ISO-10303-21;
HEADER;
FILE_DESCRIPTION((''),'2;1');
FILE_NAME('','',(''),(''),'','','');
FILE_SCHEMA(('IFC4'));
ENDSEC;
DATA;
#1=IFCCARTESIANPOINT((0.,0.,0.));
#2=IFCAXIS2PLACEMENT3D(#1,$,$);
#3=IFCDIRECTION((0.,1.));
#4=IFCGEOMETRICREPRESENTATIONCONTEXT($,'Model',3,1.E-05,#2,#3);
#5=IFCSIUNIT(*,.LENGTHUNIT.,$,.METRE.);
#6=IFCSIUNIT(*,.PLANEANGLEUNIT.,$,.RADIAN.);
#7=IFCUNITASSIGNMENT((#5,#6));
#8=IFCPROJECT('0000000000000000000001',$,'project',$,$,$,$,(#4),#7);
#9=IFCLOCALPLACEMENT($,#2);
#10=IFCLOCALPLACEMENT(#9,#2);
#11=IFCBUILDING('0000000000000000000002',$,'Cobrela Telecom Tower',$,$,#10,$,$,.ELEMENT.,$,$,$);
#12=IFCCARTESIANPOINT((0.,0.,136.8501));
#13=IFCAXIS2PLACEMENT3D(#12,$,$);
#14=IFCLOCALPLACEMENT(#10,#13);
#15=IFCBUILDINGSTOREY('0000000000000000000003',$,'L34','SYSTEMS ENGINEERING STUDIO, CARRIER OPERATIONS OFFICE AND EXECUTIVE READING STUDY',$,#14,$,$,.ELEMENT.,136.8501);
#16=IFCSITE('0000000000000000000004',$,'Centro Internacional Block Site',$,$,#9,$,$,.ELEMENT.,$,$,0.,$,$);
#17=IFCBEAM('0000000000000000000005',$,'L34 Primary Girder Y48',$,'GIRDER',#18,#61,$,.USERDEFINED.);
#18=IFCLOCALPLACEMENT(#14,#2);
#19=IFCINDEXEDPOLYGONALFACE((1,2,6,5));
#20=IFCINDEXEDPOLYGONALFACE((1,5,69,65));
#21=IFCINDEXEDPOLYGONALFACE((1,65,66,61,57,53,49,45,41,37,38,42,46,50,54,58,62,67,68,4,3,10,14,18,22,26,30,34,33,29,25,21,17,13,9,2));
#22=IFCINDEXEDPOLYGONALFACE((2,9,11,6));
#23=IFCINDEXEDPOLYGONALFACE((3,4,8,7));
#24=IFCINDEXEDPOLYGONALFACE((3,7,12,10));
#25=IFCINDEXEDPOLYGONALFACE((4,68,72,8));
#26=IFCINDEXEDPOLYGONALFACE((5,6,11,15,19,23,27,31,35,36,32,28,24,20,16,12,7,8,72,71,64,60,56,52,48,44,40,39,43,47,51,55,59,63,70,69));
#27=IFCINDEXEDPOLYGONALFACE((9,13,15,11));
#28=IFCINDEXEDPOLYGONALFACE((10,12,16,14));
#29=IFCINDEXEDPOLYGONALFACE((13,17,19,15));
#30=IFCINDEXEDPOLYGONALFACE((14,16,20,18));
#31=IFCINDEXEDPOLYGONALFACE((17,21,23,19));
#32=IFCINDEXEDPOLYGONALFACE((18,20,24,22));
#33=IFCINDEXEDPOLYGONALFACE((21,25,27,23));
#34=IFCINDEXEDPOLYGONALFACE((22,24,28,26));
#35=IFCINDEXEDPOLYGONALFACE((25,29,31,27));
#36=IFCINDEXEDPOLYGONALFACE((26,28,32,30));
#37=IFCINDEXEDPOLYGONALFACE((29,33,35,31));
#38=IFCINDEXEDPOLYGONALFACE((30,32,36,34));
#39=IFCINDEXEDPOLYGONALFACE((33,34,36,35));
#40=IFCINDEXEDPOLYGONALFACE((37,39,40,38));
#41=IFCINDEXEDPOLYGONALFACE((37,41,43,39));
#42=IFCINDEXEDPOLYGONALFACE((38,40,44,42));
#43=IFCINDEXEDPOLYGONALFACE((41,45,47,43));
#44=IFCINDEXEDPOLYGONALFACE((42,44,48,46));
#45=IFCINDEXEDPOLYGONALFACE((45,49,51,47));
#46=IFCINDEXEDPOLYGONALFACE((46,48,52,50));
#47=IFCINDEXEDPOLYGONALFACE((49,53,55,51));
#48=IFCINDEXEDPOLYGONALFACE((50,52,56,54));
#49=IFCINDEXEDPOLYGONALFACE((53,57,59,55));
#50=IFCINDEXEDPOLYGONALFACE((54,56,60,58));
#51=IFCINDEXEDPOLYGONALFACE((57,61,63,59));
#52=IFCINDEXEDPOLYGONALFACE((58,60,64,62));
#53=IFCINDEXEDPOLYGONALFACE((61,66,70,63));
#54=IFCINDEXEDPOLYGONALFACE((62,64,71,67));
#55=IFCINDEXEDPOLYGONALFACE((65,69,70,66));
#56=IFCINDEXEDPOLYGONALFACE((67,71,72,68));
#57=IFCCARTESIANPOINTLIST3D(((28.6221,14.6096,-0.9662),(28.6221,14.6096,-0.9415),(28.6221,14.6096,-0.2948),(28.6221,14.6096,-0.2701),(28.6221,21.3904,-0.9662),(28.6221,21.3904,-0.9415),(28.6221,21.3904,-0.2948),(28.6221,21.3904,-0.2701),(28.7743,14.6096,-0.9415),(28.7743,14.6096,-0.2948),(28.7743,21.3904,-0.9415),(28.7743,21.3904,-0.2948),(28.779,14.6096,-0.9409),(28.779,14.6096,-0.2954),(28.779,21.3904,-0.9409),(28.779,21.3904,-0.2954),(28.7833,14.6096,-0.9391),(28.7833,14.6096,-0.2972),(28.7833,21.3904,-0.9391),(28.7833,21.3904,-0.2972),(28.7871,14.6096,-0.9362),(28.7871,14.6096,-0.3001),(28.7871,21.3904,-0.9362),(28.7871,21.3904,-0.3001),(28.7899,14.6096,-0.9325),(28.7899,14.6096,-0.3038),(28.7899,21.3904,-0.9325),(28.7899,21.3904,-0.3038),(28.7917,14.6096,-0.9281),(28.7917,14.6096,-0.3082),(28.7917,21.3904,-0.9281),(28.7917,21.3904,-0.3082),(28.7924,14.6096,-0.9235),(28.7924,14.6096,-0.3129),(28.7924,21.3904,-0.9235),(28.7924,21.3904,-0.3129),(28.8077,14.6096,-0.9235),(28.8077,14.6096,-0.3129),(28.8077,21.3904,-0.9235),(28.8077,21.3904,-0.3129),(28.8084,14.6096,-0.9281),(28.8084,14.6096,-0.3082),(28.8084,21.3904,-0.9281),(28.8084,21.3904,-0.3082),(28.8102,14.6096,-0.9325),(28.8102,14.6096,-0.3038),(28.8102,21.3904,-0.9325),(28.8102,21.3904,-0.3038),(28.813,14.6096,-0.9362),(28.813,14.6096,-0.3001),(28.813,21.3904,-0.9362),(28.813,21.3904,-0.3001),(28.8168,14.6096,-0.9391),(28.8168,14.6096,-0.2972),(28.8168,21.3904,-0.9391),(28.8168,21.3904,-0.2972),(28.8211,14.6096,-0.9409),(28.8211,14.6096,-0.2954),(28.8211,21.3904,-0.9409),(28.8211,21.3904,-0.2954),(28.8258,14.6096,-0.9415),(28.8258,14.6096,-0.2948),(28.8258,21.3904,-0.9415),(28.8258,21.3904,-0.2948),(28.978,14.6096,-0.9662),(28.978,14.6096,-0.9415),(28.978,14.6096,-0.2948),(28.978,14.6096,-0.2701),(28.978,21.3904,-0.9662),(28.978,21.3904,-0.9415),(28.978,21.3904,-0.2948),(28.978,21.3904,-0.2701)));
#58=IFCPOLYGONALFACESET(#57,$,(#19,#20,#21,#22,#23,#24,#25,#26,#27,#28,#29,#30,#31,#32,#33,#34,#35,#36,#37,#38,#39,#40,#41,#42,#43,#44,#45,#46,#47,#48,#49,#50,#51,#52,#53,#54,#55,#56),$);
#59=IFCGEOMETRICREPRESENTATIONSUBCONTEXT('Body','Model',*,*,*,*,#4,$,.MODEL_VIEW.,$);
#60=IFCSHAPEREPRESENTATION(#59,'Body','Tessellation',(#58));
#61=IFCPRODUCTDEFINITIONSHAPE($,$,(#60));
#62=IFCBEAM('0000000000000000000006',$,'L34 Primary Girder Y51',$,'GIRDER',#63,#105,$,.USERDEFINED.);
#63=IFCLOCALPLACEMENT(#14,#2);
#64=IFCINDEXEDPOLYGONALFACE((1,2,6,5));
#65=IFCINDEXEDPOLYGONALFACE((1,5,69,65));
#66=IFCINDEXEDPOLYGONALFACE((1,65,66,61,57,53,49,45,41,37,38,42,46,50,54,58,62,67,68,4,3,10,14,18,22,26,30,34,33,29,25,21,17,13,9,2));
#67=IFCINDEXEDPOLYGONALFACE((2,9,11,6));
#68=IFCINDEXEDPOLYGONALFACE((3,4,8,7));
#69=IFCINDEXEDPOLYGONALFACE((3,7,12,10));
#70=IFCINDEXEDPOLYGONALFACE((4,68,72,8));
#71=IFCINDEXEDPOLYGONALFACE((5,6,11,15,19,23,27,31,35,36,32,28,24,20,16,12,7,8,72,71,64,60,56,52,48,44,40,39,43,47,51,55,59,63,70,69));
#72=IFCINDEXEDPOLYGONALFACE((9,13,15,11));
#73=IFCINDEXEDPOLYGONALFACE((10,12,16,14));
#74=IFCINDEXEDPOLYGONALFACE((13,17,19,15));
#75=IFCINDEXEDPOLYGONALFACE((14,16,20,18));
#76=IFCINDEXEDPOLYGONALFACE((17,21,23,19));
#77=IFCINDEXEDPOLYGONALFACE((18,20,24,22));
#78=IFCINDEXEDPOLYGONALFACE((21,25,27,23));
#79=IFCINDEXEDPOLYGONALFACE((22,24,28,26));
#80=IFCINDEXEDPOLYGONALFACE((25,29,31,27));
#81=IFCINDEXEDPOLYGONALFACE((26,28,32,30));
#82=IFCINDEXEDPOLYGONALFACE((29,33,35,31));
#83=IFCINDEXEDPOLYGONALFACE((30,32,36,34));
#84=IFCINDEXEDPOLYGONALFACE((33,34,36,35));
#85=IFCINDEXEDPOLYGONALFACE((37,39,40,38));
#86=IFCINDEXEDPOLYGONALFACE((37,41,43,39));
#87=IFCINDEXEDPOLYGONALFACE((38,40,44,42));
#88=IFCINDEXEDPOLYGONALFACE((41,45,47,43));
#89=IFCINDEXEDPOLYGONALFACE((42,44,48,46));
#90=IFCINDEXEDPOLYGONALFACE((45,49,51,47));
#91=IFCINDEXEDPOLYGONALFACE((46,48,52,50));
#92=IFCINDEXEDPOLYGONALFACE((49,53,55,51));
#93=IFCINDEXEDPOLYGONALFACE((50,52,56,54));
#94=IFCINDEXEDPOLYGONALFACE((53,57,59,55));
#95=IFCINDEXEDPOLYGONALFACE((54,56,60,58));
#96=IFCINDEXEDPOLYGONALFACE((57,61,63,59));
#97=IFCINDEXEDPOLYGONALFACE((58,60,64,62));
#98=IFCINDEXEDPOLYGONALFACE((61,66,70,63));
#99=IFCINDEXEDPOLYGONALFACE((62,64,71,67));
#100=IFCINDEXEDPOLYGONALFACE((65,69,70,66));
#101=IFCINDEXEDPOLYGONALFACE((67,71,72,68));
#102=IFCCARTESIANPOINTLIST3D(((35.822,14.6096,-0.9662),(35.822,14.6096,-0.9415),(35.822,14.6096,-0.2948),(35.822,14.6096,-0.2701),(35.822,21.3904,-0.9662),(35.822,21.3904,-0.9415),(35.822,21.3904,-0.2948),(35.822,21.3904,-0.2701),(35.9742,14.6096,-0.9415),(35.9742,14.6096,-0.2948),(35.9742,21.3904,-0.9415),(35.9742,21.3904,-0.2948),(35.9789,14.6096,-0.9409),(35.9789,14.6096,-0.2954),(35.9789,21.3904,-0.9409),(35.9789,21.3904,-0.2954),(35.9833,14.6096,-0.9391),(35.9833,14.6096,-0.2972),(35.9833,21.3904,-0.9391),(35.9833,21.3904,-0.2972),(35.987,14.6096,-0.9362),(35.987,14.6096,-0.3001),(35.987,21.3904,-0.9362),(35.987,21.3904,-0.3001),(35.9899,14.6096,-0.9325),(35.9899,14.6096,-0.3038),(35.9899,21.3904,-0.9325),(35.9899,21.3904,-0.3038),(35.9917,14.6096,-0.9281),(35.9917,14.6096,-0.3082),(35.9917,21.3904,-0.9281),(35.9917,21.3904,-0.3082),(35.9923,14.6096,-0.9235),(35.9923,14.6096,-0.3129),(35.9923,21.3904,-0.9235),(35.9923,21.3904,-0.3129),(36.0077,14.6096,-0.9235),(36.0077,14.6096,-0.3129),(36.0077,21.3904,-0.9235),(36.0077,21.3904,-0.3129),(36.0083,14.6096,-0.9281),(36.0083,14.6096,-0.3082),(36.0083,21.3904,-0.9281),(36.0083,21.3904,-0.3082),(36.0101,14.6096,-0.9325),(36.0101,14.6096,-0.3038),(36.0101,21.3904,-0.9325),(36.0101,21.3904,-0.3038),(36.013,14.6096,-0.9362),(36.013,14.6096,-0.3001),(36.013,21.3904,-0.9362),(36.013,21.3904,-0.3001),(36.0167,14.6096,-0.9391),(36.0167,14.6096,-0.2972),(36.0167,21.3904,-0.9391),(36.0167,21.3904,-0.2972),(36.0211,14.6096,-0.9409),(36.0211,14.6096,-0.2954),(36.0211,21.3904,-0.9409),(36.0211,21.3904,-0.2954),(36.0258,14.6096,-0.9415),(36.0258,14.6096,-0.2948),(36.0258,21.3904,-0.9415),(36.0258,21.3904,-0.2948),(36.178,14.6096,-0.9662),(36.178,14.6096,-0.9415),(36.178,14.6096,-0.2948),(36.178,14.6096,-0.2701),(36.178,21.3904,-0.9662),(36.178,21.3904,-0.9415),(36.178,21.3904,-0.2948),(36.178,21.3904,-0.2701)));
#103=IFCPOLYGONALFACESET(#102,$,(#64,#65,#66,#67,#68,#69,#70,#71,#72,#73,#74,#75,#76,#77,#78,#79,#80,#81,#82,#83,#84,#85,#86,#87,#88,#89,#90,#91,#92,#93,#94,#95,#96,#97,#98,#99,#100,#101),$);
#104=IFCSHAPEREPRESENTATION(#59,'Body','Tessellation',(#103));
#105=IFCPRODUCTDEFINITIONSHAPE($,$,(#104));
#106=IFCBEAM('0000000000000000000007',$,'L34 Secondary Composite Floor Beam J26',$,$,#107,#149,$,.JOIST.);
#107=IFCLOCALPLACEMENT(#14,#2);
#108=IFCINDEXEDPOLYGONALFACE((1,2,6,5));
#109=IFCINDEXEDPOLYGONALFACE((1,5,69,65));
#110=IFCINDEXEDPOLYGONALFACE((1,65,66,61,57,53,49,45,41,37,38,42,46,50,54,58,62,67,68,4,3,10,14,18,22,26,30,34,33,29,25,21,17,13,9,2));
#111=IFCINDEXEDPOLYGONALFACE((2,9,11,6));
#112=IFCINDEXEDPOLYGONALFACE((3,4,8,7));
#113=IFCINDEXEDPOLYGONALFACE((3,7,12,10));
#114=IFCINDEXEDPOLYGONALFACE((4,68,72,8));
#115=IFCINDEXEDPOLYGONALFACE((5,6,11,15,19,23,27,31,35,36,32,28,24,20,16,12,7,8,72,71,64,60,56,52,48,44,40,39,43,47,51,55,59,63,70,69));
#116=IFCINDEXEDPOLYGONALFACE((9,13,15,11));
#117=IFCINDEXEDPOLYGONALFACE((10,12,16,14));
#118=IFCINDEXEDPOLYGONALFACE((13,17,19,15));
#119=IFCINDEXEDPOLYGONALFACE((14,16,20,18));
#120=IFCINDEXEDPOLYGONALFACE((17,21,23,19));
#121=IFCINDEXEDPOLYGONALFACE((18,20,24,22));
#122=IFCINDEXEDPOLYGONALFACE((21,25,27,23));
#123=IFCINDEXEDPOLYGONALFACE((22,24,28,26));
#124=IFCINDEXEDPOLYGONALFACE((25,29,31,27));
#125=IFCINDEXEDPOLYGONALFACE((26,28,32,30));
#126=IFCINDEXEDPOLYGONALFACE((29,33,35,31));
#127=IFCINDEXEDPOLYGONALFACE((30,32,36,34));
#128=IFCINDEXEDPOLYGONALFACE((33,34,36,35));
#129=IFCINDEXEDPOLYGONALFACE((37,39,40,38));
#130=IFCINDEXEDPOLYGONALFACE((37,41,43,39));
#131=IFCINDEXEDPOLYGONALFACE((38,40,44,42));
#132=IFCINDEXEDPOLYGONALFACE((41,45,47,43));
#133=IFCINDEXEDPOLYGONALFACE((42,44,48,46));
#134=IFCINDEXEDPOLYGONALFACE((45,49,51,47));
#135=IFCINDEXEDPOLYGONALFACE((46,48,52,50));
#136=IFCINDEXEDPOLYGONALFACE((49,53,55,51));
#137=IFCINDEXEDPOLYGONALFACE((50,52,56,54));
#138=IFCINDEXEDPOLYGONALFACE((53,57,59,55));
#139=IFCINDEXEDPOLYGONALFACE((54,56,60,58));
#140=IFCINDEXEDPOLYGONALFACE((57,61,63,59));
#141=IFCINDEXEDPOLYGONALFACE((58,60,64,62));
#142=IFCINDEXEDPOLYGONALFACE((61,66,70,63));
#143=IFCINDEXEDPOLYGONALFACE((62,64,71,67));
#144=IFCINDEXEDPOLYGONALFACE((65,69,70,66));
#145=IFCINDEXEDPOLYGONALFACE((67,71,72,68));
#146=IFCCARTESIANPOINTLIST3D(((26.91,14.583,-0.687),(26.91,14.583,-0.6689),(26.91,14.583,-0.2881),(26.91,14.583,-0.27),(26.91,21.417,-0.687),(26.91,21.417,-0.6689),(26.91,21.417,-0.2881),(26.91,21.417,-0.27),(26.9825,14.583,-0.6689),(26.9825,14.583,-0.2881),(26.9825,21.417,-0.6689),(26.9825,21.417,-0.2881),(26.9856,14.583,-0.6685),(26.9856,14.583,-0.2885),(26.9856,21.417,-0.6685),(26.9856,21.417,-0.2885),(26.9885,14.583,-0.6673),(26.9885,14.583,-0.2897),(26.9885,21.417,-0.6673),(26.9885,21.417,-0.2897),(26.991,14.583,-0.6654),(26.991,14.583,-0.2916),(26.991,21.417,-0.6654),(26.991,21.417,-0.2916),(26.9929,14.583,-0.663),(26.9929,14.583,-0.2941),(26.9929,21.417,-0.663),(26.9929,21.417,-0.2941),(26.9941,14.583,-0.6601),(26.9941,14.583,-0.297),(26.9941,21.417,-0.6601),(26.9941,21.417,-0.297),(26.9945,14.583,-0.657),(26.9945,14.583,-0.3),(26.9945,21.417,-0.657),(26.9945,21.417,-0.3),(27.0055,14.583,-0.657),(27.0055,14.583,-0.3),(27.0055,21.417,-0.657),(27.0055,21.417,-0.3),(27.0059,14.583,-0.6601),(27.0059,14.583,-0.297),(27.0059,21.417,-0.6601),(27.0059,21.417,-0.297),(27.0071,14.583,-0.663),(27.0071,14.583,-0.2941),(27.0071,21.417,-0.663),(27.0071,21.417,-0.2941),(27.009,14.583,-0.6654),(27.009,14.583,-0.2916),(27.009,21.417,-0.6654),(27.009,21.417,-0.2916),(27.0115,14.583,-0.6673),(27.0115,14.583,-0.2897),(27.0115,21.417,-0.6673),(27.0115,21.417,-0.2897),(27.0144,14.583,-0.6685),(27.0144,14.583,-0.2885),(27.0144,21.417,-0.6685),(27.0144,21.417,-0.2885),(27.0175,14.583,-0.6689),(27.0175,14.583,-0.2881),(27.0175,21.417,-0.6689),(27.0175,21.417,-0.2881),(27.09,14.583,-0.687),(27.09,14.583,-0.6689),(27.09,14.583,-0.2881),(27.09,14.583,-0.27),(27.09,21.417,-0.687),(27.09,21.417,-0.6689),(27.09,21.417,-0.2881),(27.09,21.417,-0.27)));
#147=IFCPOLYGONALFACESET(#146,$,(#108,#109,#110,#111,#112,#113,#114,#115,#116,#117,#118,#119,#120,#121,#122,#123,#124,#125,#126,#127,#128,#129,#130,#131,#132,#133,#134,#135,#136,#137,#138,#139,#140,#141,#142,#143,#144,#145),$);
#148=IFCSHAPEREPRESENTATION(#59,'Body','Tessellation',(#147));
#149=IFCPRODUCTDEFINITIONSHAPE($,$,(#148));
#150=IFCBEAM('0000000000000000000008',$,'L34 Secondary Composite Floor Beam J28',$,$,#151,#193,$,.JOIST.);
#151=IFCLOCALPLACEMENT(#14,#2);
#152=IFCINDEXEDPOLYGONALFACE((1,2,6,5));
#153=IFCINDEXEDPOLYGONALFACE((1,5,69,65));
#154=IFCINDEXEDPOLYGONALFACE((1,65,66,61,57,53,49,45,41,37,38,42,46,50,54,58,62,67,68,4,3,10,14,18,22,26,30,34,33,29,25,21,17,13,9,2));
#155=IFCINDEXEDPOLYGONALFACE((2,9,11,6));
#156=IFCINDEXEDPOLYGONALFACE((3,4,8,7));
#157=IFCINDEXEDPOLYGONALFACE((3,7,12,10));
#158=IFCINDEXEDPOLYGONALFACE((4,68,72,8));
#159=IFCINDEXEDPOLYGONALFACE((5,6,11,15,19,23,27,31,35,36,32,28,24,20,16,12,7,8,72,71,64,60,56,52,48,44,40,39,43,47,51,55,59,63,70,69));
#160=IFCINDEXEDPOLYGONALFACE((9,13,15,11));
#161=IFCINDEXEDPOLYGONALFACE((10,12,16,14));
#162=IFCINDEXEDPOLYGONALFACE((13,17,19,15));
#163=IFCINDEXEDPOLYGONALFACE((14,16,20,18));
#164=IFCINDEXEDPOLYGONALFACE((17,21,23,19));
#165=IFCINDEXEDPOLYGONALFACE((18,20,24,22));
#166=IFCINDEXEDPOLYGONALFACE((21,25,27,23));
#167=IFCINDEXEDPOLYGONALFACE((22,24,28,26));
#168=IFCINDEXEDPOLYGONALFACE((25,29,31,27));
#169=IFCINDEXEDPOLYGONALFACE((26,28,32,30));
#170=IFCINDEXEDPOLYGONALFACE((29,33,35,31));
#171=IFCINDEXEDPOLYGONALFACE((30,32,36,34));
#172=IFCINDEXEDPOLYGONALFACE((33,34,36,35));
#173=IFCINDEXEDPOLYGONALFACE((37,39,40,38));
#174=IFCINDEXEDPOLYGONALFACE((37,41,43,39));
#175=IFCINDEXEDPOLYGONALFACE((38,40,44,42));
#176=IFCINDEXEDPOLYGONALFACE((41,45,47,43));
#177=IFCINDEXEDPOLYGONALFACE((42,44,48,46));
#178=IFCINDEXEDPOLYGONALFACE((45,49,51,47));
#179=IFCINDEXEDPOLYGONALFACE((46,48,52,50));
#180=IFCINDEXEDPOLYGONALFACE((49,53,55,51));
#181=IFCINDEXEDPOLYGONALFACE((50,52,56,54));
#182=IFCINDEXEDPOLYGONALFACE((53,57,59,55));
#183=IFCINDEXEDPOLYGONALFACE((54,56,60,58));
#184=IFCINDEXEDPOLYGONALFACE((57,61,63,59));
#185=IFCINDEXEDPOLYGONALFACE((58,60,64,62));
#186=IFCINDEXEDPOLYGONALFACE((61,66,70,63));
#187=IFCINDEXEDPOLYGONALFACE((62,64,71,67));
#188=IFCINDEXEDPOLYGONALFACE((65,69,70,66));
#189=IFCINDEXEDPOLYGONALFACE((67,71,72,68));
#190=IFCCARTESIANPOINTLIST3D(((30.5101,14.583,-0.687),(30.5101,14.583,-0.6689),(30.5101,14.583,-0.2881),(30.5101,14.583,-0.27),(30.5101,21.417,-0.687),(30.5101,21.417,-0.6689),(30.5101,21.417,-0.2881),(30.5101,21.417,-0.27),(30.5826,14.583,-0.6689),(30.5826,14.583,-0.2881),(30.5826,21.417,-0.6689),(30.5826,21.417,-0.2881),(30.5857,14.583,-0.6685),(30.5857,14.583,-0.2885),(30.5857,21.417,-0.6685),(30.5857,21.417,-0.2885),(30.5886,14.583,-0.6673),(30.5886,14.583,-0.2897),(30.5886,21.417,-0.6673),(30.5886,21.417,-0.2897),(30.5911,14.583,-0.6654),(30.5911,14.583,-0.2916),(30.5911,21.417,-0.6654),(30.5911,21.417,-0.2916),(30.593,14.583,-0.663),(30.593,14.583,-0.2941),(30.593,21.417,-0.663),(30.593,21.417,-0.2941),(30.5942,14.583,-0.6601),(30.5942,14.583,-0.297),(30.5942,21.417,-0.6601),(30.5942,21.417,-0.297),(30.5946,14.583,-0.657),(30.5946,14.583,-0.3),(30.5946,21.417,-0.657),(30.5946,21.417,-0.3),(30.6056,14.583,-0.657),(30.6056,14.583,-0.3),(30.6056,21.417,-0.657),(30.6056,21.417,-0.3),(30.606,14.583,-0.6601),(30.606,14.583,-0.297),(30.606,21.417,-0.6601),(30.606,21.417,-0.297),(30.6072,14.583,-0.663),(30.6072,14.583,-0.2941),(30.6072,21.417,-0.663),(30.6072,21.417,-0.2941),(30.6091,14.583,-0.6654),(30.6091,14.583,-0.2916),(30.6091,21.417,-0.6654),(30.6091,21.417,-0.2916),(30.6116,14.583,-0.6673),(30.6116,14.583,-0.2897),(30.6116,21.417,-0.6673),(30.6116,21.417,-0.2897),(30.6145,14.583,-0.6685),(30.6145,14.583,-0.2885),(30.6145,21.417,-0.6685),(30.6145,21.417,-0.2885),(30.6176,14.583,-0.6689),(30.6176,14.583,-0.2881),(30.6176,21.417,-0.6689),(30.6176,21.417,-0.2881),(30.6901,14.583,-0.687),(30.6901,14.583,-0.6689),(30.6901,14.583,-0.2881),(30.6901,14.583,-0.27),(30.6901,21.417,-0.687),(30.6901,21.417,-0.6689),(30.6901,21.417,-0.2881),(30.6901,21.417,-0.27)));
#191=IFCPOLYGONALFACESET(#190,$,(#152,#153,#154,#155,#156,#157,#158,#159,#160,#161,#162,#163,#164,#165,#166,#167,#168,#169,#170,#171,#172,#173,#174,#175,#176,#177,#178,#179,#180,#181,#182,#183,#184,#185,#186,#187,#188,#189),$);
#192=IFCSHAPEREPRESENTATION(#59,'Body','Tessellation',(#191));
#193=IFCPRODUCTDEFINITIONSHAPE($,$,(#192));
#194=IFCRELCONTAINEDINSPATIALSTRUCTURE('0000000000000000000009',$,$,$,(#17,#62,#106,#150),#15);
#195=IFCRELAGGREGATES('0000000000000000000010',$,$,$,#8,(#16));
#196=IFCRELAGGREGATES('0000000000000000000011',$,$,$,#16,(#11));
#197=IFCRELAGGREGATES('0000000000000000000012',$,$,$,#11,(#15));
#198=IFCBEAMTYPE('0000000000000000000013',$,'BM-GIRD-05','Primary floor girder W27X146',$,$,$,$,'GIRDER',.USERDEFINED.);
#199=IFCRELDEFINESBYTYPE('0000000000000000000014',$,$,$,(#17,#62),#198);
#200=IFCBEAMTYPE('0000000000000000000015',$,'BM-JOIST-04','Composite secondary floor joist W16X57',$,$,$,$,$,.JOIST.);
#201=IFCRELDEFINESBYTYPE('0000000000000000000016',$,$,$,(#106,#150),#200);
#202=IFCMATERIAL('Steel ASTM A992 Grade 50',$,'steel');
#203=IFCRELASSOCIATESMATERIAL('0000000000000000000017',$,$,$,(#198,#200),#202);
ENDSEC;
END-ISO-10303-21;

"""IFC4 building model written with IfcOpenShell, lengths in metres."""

from ifc_helpers import new_model, si_unit, direction, frame, origin, origin_2d, place, context, subcontext, project, spatial, i_section, extrude, material, material_profile, profile_set, type_object, element, save


model = new_model("IFC4")

# Units and contexts
model_context = context("Model", 3, precision=1e-05, world=origin(), true_north=direction((0.0, 1.0)))
body_context = subcontext(model_context, "Body", "Model", "MODEL_VIEW")
ifc_project = project(units=[si_unit("LENGTHUNIT", "METRE"), si_unit("PLANEANGLEUNIT", "RADIAN")], contexts=[model_context])

# Site, building, storey
site_placement = place(None, origin())
site = spatial("IfcSite", under=ifc_project, at=site_placement, Name="Centro Internacional Block Site", CompositionType="ELEMENT", RefElevation=0.0)
building_placement = place(site_placement, origin())
building = spatial("IfcBuilding", under=site, at=building_placement, Name="Cobrela Telecom Tower", CompositionType="ELEMENT")
storey_placement = place(building_placement, frame((0.0, 0.0, 136.8501)))
storey = spatial("IfcBuildingStorey", under=building, at=storey_placement, Name="L34", Description="SYSTEMS ENGINEERING STUDIO, CARRIER OPERATIONS OFFICE AND EXECUTIVE READING STUDY", CompositionType="ELEMENT", Elevation=136.8501)

# Shared definitions
ifc_material_1 = material(Name="Steel ASTM A992 Grade 50", Category="steel")

# Beams
ifc_material_profile_1 = material_profile(ifc_material_1, i_section(OverallWidth=0.356, OverallDepth=0.696, WebThickness=0.0154, FlangeThickness=0.0247, FilletRadius=0.0181, at=origin_2d()), Name="W27X146")
ifc_profile_set_1 = profile_set([ifc_material_profile_1], Name="Steel ASTM A992 Grade 50")
beam_type_1 = type_object("IfcBeamType", Name="BM-GIRD-05", Description="Primary floor girder W27X146", ElementType="GIRDER", PredefinedType="USERDEFINED", material=ifc_profile_set_1)
for number, where, z_axis, x_axis, name in (
    (1, (28.8, 14.6096, -0.6182), (0.0, 1.0, 0.0), (-1.0, 0.0, 0.0), "L34 Primary Girder Y48"),
    (2, (36.0, 14.6096, -0.6182), (0.0, 1.0, 0.0), (-1.0, 0.0, 0.0), "L34 Primary Girder Y51"),
):
    element("IfcBeam", number, at=place(storey_placement, frame(where, z_axis=z_axis, x_axis=x_axis)), inside=storey, type_object=beam_type_1, Name=name, ObjectType="GIRDER", PredefinedType="USERDEFINED", context=body_context, shape_type="SweptSolid", body=[
        extrude(i_section(OverallWidth=0.356, OverallDepth=0.696, WebThickness=0.0154, FlangeThickness=0.0247, FilletRadius=0.0181, at=origin_2d()), origin(), (0.0, 0.0, 1.0), 6.7808),
    ])
ifc_material_profile_2 = material_profile(ifc_material_1, i_section(OverallWidth=0.1799, OverallDepth=0.417, WebThickness=0.011, FlangeThickness=0.0181, FilletRadius=0.012, at=origin_2d()), Name="W16X57")
ifc_profile_set_2 = profile_set([ifc_material_profile_2], Name="Steel ASTM A992 Grade 50")
beam_type_2 = type_object("IfcBeamType", Name="BM-JOIST-04", Description="Composite secondary floor joist W16X57", PredefinedType="JOIST", material=ifc_profile_set_2)
for number, where, z_axis, x_axis, name in (
    (3, (27.0, 14.583, -0.4785), (0.0, 1.0, 0.0), (-1.0, 0.0, 0.0), "L34 Secondary Composite Floor Beam J26"),
    (4, (30.6001, 14.583, -0.4785), (0.0, 1.0, 0.0), (-1.0, 0.0, 0.0), "L34 Secondary Composite Floor Beam J28"),
):
    element("IfcBeam", number, at=place(storey_placement, frame(where, z_axis=z_axis, x_axis=x_axis)), inside=storey, type_object=beam_type_2, Name=name, PredefinedType="JOIST", context=body_context, shape_type="SweptSolid", body=[
        extrude(i_section(OverallWidth=0.1799, OverallDepth=0.417, WebThickness=0.011, FlangeThickness=0.0181, FilletRadius=0.012, at=origin_2d()), origin(), (0.0, 0.0, 1.0), 6.834),
    ])

save(model, "model.ifc")
